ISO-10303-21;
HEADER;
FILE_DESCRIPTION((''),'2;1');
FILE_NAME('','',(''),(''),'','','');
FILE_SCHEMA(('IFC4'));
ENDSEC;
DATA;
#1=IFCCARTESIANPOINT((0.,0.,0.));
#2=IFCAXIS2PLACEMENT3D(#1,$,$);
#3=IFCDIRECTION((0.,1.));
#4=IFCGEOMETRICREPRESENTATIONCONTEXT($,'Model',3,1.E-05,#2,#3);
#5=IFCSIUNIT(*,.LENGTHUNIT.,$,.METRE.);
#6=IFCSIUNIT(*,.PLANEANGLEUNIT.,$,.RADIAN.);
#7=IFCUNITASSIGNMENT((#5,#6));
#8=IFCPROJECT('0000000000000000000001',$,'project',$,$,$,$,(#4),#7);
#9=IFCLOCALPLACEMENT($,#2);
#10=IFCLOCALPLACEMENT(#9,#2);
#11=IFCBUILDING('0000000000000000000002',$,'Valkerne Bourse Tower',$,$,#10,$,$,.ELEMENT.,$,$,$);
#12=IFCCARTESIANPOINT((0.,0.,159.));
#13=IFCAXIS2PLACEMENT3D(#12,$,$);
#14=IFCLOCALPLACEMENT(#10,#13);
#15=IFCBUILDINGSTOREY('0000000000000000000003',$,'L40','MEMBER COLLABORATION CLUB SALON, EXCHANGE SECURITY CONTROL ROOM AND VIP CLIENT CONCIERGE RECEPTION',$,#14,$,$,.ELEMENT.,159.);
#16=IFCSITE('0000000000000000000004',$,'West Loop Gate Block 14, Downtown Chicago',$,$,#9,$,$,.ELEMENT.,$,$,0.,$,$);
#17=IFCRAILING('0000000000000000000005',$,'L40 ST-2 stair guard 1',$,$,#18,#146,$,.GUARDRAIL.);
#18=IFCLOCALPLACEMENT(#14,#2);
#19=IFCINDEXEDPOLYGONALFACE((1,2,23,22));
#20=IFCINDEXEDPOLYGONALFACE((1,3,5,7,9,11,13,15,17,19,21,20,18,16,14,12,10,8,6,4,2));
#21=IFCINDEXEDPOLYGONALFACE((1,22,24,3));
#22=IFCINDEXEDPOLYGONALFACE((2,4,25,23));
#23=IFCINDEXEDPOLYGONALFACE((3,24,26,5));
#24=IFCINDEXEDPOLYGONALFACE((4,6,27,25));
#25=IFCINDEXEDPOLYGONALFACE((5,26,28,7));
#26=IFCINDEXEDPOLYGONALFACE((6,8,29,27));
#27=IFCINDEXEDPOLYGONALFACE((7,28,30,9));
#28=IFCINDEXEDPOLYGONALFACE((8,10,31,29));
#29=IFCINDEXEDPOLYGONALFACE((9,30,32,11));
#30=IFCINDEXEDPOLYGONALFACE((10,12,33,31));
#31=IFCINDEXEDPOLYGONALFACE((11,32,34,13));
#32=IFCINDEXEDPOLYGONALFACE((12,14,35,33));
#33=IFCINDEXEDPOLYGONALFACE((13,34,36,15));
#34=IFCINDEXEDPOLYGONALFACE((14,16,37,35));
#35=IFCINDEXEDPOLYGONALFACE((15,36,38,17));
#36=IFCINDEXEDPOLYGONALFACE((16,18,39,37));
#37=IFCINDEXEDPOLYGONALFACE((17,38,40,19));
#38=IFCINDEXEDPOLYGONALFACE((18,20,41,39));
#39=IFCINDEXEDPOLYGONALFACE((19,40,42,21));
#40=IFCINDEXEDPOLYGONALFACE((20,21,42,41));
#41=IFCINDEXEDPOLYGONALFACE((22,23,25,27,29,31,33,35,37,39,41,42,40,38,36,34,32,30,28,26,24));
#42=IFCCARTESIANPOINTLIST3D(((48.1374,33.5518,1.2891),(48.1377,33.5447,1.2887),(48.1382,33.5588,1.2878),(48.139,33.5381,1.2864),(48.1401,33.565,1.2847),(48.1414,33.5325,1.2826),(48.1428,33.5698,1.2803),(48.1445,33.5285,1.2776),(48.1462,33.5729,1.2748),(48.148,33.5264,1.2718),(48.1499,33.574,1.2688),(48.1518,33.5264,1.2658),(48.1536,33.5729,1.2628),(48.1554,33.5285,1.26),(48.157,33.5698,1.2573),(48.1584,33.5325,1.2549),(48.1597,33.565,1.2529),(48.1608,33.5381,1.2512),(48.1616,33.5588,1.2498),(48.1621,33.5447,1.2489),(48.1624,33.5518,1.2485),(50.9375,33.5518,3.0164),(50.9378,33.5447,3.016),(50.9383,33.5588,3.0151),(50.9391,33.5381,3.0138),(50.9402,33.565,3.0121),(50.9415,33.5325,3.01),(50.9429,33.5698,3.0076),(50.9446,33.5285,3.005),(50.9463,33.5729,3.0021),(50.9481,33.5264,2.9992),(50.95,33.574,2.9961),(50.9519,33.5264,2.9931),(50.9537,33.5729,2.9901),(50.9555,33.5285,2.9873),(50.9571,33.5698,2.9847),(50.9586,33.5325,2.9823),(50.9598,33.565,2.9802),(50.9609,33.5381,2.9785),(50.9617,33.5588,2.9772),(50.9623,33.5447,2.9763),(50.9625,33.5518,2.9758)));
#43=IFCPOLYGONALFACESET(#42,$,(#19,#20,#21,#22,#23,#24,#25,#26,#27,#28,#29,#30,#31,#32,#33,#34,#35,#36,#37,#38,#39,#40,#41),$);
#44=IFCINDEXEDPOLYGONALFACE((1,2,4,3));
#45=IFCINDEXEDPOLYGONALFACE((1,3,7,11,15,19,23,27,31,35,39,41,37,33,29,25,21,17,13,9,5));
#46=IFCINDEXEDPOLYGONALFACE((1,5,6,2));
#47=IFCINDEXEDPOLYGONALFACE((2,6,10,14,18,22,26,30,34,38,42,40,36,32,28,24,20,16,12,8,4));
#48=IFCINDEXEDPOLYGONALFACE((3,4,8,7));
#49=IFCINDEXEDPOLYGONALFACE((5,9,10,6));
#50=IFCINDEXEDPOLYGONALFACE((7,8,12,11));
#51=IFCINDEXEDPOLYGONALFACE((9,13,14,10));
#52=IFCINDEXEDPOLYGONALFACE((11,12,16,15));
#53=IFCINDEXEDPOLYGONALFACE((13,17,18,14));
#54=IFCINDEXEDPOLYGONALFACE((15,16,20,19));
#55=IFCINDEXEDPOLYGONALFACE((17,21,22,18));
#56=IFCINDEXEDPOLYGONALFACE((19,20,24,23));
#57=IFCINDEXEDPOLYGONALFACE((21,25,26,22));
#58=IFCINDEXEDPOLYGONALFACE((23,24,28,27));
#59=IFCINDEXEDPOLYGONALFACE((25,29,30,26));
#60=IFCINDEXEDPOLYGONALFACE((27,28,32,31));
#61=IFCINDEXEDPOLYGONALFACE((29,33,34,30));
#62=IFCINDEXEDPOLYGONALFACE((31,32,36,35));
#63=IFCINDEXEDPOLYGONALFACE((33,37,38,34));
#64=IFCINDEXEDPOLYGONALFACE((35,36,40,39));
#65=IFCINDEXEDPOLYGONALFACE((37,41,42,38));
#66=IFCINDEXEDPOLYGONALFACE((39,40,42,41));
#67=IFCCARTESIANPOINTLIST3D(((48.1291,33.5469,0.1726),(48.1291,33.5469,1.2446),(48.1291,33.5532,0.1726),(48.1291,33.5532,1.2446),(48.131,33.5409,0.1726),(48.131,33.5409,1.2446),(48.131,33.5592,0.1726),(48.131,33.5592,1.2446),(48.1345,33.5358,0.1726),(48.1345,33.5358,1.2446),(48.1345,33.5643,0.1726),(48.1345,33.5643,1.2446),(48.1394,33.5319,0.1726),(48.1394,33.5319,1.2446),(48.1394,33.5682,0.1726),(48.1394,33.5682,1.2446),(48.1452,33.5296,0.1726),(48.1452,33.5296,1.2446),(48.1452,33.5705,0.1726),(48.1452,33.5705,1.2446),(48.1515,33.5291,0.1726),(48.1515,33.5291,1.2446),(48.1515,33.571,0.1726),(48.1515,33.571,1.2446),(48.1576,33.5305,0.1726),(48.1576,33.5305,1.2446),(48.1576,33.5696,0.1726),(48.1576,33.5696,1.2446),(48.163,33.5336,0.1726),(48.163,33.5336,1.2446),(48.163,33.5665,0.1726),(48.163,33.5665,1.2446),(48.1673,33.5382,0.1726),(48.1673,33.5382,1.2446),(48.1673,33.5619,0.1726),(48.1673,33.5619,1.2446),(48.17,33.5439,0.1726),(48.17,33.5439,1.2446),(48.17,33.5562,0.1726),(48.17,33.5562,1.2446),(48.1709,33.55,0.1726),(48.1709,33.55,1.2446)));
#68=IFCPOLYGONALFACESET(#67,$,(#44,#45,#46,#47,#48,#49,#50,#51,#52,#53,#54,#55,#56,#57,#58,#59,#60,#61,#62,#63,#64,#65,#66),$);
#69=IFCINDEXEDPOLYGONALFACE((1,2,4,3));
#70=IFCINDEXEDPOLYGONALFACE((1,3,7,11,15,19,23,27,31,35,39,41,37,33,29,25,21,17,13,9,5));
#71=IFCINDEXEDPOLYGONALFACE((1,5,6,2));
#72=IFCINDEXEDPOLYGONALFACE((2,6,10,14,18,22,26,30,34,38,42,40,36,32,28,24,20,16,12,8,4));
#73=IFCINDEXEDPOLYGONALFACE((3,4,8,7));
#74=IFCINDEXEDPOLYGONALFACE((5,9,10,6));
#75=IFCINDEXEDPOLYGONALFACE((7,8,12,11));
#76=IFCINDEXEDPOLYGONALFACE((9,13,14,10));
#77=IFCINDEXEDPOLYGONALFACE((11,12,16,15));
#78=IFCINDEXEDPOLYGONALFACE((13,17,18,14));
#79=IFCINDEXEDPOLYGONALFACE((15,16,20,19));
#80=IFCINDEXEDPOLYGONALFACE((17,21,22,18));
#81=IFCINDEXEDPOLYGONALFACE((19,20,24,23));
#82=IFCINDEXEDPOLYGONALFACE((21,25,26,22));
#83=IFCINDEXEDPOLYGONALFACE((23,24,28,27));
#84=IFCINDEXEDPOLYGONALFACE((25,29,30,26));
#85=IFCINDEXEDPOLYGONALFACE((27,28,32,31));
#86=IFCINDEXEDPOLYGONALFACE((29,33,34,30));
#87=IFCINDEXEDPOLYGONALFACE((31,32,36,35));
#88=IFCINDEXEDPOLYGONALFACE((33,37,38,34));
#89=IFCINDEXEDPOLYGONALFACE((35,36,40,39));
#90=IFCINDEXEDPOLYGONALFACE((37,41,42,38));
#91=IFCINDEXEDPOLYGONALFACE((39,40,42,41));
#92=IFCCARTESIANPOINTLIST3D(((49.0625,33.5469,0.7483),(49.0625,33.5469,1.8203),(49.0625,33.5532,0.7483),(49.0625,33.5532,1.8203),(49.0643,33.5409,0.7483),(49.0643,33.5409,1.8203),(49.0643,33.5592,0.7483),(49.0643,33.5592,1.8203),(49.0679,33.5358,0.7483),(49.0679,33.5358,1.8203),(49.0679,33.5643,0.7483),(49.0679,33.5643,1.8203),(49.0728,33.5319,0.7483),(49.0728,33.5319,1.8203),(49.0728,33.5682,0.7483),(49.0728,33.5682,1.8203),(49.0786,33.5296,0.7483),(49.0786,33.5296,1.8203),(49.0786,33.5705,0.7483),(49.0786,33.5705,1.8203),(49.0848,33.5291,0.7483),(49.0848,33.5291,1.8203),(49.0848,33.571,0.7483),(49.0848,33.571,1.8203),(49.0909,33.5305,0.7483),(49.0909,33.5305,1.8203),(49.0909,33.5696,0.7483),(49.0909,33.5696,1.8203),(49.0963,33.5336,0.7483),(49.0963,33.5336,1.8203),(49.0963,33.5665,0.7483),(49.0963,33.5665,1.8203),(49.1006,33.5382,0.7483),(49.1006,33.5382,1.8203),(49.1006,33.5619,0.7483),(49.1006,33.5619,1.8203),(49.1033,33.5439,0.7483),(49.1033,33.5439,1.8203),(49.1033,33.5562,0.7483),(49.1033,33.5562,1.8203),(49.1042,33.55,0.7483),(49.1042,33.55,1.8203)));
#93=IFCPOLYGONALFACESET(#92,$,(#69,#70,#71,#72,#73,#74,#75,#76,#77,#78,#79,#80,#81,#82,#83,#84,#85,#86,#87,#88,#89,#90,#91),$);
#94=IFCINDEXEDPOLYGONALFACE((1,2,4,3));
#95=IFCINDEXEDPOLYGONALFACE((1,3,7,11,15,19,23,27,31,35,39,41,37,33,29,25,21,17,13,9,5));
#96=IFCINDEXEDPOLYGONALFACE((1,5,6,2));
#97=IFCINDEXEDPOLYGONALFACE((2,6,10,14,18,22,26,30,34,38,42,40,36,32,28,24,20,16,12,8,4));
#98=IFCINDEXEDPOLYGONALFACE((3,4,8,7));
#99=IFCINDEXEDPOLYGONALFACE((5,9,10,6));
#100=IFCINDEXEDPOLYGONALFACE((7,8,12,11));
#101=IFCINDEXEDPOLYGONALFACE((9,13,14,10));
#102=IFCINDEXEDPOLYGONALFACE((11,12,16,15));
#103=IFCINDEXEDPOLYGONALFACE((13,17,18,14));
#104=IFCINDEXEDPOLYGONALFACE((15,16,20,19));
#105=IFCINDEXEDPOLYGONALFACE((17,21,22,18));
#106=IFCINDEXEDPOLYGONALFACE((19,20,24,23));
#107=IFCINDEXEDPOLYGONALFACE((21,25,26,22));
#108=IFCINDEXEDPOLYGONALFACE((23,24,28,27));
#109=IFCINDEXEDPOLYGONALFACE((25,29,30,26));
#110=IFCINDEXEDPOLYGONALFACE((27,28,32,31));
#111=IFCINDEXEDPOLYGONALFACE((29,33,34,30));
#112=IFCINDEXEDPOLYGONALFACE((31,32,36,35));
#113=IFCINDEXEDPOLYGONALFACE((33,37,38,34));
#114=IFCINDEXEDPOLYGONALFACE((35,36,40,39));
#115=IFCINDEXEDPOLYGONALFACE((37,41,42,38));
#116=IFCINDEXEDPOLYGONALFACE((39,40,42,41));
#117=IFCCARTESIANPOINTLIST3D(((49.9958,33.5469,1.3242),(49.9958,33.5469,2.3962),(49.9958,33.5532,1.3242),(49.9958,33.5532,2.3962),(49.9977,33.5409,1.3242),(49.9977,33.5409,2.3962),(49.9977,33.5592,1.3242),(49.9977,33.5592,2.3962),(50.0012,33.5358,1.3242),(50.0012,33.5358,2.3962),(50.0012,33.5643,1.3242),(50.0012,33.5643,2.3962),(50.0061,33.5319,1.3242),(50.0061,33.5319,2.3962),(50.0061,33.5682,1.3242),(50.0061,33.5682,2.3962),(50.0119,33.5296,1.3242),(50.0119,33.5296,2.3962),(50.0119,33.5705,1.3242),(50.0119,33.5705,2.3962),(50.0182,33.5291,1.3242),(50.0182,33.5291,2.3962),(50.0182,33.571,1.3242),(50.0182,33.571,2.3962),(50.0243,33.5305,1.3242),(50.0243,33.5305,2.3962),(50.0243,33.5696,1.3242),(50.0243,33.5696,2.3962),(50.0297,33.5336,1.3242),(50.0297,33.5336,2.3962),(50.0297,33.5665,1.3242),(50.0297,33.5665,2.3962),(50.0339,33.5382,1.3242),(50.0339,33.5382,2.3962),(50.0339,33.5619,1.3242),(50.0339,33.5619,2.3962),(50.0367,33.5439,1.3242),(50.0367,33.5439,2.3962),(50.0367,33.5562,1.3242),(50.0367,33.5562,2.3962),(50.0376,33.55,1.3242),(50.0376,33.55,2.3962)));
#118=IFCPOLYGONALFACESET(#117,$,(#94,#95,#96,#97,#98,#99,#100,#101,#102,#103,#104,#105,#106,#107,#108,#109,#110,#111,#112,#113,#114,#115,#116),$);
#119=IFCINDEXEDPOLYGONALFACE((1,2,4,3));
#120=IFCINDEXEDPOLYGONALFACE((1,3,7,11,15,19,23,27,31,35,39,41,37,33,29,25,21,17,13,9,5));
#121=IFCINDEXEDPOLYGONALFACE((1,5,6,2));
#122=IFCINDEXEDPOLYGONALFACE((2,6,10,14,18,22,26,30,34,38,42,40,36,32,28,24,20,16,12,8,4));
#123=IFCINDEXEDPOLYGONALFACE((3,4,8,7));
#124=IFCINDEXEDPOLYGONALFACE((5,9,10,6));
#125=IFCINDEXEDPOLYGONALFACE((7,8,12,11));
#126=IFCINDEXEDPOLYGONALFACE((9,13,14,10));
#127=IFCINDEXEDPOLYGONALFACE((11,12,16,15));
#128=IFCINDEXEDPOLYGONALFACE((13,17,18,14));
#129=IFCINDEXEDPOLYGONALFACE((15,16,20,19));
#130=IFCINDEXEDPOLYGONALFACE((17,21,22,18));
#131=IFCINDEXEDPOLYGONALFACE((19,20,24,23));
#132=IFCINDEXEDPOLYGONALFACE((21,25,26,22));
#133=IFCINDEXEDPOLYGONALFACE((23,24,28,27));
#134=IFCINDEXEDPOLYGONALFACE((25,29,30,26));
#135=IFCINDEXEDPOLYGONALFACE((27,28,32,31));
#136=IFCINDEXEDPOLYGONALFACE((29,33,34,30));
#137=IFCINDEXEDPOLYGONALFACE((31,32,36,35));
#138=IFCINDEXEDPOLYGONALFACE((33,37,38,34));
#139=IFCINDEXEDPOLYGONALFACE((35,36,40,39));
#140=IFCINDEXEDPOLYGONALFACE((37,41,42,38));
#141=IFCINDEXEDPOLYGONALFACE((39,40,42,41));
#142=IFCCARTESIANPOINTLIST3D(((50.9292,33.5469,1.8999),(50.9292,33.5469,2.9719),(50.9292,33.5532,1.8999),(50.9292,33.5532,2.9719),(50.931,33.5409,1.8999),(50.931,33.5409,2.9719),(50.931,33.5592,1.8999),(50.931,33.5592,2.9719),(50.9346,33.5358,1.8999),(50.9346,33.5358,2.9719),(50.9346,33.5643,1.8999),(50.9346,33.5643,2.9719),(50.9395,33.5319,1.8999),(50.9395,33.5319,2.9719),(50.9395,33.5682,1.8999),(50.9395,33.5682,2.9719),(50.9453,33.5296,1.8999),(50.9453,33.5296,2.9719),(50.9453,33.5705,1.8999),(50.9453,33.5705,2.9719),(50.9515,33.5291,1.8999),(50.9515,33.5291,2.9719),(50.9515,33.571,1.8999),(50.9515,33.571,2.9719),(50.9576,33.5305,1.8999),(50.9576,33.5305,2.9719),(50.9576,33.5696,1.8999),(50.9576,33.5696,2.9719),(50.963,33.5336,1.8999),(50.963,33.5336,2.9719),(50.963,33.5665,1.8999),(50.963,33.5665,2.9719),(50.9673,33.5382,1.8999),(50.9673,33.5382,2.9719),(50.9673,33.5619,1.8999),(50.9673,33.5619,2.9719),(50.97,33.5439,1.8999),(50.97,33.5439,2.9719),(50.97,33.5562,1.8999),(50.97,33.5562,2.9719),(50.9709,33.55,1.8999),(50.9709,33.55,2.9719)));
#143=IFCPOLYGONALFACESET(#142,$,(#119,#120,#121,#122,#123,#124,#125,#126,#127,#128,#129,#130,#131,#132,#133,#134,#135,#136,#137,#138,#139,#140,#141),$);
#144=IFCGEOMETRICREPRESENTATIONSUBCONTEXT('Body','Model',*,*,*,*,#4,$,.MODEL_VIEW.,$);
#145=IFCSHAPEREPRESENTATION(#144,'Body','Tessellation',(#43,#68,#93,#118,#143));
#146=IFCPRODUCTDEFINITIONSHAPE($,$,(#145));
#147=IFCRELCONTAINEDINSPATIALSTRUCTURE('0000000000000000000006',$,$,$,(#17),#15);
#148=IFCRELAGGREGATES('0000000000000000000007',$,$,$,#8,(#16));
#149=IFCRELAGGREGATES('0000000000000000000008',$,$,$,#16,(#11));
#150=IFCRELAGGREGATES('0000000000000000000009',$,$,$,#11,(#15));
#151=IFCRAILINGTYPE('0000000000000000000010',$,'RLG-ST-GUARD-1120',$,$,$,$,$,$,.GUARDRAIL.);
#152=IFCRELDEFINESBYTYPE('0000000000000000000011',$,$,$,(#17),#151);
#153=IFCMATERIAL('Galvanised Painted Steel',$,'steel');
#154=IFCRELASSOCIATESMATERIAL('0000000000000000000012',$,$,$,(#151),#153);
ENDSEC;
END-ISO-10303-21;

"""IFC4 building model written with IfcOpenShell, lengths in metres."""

from ifc_helpers import new_model, si_unit, direction, frame, origin, origin_2d, place, context, subcontext, project, spatial, circle, extrude, material, type_object, element, save


model = new_model("IFC4")

# Units and contexts
model_context = context("Model", 3, precision=1e-05, world=origin(), true_north=direction((0.0, 1.0)))
body_context = subcontext(model_context, "Body", "Model", "MODEL_VIEW")
ifc_project = project(units=[si_unit("LENGTHUNIT", "METRE"), si_unit("PLANEANGLEUNIT", "RADIAN")], contexts=[model_context])

# Site, building, storey
site_placement = place(None, origin())
site = spatial("IfcSite", under=ifc_project, at=site_placement, Name="West Loop Gate Block 14, Downtown Chicago", CompositionType="ELEMENT", RefElevation=0.0)
building_placement = place(site_placement, origin())
building = spatial("IfcBuilding", under=site, at=building_placement, Name="Valkerne Bourse Tower", CompositionType="ELEMENT")
storey_placement = place(building_placement, frame((0.0, 0.0, 159.0)))
storey = spatial("IfcBuildingStorey", under=building, at=storey_placement, Name="L40", Description="MEMBER COLLABORATION CLUB SALON, EXCHANGE SECURITY CONTROL ROOM AND VIP CLIENT CONCIERGE RECEPTION", CompositionType="ELEMENT", Elevation=159.0)

# Shared definitions
ifc_material_1 = material(Name="Galvanised Painted Steel", Category="steel")

# Railing
railing_type_1 = type_object("IfcRailingType", Name="RLG-ST-GUARD-1120", PredefinedType="GUARDRAIL", material=ifc_material_1)
railing_1_placement = place(storey_placement, frame((48.1499, 33.55, 0.1726)))
element("IfcRailing", 1, at=railing_1_placement, inside=storey, type_object=railing_type_1, Name="L40 ST-2 stair guard 1", PredefinedType="GUARDRAIL", context=body_context, shape_type="SweptSolid", body=[
    extrude(circle(Radius=0.0239, at=origin_2d()), frame((0.0, 0.0, 1.0962), z_axis=(0.85109, 0.0, 0.52502), x_axis=(0.0, 1.0, 0.0)), (0.0, 0.0, 1.0), 3.29),
    extrude(circle(Radius=0.021, at=origin_2d()), origin(), (0.0, 0.0, 1.0), 1.072),
    extrude(circle(Radius=0.021, at=origin_2d()), frame((0.9333, 0.0, 0.5757)), (0.0, 0.0, 1.0), 1.072),
    extrude(circle(Radius=0.021, at=origin_2d()), frame((1.8667, 0.0, 1.1516)), (0.0, 0.0, 1.0), 1.072),
    extrude(circle(Radius=0.021, at=origin_2d()), frame((2.8, 0.0, 1.7273)), (0.0, 0.0, 1.0), 1.072),
])

save(model, "model.ifc")
